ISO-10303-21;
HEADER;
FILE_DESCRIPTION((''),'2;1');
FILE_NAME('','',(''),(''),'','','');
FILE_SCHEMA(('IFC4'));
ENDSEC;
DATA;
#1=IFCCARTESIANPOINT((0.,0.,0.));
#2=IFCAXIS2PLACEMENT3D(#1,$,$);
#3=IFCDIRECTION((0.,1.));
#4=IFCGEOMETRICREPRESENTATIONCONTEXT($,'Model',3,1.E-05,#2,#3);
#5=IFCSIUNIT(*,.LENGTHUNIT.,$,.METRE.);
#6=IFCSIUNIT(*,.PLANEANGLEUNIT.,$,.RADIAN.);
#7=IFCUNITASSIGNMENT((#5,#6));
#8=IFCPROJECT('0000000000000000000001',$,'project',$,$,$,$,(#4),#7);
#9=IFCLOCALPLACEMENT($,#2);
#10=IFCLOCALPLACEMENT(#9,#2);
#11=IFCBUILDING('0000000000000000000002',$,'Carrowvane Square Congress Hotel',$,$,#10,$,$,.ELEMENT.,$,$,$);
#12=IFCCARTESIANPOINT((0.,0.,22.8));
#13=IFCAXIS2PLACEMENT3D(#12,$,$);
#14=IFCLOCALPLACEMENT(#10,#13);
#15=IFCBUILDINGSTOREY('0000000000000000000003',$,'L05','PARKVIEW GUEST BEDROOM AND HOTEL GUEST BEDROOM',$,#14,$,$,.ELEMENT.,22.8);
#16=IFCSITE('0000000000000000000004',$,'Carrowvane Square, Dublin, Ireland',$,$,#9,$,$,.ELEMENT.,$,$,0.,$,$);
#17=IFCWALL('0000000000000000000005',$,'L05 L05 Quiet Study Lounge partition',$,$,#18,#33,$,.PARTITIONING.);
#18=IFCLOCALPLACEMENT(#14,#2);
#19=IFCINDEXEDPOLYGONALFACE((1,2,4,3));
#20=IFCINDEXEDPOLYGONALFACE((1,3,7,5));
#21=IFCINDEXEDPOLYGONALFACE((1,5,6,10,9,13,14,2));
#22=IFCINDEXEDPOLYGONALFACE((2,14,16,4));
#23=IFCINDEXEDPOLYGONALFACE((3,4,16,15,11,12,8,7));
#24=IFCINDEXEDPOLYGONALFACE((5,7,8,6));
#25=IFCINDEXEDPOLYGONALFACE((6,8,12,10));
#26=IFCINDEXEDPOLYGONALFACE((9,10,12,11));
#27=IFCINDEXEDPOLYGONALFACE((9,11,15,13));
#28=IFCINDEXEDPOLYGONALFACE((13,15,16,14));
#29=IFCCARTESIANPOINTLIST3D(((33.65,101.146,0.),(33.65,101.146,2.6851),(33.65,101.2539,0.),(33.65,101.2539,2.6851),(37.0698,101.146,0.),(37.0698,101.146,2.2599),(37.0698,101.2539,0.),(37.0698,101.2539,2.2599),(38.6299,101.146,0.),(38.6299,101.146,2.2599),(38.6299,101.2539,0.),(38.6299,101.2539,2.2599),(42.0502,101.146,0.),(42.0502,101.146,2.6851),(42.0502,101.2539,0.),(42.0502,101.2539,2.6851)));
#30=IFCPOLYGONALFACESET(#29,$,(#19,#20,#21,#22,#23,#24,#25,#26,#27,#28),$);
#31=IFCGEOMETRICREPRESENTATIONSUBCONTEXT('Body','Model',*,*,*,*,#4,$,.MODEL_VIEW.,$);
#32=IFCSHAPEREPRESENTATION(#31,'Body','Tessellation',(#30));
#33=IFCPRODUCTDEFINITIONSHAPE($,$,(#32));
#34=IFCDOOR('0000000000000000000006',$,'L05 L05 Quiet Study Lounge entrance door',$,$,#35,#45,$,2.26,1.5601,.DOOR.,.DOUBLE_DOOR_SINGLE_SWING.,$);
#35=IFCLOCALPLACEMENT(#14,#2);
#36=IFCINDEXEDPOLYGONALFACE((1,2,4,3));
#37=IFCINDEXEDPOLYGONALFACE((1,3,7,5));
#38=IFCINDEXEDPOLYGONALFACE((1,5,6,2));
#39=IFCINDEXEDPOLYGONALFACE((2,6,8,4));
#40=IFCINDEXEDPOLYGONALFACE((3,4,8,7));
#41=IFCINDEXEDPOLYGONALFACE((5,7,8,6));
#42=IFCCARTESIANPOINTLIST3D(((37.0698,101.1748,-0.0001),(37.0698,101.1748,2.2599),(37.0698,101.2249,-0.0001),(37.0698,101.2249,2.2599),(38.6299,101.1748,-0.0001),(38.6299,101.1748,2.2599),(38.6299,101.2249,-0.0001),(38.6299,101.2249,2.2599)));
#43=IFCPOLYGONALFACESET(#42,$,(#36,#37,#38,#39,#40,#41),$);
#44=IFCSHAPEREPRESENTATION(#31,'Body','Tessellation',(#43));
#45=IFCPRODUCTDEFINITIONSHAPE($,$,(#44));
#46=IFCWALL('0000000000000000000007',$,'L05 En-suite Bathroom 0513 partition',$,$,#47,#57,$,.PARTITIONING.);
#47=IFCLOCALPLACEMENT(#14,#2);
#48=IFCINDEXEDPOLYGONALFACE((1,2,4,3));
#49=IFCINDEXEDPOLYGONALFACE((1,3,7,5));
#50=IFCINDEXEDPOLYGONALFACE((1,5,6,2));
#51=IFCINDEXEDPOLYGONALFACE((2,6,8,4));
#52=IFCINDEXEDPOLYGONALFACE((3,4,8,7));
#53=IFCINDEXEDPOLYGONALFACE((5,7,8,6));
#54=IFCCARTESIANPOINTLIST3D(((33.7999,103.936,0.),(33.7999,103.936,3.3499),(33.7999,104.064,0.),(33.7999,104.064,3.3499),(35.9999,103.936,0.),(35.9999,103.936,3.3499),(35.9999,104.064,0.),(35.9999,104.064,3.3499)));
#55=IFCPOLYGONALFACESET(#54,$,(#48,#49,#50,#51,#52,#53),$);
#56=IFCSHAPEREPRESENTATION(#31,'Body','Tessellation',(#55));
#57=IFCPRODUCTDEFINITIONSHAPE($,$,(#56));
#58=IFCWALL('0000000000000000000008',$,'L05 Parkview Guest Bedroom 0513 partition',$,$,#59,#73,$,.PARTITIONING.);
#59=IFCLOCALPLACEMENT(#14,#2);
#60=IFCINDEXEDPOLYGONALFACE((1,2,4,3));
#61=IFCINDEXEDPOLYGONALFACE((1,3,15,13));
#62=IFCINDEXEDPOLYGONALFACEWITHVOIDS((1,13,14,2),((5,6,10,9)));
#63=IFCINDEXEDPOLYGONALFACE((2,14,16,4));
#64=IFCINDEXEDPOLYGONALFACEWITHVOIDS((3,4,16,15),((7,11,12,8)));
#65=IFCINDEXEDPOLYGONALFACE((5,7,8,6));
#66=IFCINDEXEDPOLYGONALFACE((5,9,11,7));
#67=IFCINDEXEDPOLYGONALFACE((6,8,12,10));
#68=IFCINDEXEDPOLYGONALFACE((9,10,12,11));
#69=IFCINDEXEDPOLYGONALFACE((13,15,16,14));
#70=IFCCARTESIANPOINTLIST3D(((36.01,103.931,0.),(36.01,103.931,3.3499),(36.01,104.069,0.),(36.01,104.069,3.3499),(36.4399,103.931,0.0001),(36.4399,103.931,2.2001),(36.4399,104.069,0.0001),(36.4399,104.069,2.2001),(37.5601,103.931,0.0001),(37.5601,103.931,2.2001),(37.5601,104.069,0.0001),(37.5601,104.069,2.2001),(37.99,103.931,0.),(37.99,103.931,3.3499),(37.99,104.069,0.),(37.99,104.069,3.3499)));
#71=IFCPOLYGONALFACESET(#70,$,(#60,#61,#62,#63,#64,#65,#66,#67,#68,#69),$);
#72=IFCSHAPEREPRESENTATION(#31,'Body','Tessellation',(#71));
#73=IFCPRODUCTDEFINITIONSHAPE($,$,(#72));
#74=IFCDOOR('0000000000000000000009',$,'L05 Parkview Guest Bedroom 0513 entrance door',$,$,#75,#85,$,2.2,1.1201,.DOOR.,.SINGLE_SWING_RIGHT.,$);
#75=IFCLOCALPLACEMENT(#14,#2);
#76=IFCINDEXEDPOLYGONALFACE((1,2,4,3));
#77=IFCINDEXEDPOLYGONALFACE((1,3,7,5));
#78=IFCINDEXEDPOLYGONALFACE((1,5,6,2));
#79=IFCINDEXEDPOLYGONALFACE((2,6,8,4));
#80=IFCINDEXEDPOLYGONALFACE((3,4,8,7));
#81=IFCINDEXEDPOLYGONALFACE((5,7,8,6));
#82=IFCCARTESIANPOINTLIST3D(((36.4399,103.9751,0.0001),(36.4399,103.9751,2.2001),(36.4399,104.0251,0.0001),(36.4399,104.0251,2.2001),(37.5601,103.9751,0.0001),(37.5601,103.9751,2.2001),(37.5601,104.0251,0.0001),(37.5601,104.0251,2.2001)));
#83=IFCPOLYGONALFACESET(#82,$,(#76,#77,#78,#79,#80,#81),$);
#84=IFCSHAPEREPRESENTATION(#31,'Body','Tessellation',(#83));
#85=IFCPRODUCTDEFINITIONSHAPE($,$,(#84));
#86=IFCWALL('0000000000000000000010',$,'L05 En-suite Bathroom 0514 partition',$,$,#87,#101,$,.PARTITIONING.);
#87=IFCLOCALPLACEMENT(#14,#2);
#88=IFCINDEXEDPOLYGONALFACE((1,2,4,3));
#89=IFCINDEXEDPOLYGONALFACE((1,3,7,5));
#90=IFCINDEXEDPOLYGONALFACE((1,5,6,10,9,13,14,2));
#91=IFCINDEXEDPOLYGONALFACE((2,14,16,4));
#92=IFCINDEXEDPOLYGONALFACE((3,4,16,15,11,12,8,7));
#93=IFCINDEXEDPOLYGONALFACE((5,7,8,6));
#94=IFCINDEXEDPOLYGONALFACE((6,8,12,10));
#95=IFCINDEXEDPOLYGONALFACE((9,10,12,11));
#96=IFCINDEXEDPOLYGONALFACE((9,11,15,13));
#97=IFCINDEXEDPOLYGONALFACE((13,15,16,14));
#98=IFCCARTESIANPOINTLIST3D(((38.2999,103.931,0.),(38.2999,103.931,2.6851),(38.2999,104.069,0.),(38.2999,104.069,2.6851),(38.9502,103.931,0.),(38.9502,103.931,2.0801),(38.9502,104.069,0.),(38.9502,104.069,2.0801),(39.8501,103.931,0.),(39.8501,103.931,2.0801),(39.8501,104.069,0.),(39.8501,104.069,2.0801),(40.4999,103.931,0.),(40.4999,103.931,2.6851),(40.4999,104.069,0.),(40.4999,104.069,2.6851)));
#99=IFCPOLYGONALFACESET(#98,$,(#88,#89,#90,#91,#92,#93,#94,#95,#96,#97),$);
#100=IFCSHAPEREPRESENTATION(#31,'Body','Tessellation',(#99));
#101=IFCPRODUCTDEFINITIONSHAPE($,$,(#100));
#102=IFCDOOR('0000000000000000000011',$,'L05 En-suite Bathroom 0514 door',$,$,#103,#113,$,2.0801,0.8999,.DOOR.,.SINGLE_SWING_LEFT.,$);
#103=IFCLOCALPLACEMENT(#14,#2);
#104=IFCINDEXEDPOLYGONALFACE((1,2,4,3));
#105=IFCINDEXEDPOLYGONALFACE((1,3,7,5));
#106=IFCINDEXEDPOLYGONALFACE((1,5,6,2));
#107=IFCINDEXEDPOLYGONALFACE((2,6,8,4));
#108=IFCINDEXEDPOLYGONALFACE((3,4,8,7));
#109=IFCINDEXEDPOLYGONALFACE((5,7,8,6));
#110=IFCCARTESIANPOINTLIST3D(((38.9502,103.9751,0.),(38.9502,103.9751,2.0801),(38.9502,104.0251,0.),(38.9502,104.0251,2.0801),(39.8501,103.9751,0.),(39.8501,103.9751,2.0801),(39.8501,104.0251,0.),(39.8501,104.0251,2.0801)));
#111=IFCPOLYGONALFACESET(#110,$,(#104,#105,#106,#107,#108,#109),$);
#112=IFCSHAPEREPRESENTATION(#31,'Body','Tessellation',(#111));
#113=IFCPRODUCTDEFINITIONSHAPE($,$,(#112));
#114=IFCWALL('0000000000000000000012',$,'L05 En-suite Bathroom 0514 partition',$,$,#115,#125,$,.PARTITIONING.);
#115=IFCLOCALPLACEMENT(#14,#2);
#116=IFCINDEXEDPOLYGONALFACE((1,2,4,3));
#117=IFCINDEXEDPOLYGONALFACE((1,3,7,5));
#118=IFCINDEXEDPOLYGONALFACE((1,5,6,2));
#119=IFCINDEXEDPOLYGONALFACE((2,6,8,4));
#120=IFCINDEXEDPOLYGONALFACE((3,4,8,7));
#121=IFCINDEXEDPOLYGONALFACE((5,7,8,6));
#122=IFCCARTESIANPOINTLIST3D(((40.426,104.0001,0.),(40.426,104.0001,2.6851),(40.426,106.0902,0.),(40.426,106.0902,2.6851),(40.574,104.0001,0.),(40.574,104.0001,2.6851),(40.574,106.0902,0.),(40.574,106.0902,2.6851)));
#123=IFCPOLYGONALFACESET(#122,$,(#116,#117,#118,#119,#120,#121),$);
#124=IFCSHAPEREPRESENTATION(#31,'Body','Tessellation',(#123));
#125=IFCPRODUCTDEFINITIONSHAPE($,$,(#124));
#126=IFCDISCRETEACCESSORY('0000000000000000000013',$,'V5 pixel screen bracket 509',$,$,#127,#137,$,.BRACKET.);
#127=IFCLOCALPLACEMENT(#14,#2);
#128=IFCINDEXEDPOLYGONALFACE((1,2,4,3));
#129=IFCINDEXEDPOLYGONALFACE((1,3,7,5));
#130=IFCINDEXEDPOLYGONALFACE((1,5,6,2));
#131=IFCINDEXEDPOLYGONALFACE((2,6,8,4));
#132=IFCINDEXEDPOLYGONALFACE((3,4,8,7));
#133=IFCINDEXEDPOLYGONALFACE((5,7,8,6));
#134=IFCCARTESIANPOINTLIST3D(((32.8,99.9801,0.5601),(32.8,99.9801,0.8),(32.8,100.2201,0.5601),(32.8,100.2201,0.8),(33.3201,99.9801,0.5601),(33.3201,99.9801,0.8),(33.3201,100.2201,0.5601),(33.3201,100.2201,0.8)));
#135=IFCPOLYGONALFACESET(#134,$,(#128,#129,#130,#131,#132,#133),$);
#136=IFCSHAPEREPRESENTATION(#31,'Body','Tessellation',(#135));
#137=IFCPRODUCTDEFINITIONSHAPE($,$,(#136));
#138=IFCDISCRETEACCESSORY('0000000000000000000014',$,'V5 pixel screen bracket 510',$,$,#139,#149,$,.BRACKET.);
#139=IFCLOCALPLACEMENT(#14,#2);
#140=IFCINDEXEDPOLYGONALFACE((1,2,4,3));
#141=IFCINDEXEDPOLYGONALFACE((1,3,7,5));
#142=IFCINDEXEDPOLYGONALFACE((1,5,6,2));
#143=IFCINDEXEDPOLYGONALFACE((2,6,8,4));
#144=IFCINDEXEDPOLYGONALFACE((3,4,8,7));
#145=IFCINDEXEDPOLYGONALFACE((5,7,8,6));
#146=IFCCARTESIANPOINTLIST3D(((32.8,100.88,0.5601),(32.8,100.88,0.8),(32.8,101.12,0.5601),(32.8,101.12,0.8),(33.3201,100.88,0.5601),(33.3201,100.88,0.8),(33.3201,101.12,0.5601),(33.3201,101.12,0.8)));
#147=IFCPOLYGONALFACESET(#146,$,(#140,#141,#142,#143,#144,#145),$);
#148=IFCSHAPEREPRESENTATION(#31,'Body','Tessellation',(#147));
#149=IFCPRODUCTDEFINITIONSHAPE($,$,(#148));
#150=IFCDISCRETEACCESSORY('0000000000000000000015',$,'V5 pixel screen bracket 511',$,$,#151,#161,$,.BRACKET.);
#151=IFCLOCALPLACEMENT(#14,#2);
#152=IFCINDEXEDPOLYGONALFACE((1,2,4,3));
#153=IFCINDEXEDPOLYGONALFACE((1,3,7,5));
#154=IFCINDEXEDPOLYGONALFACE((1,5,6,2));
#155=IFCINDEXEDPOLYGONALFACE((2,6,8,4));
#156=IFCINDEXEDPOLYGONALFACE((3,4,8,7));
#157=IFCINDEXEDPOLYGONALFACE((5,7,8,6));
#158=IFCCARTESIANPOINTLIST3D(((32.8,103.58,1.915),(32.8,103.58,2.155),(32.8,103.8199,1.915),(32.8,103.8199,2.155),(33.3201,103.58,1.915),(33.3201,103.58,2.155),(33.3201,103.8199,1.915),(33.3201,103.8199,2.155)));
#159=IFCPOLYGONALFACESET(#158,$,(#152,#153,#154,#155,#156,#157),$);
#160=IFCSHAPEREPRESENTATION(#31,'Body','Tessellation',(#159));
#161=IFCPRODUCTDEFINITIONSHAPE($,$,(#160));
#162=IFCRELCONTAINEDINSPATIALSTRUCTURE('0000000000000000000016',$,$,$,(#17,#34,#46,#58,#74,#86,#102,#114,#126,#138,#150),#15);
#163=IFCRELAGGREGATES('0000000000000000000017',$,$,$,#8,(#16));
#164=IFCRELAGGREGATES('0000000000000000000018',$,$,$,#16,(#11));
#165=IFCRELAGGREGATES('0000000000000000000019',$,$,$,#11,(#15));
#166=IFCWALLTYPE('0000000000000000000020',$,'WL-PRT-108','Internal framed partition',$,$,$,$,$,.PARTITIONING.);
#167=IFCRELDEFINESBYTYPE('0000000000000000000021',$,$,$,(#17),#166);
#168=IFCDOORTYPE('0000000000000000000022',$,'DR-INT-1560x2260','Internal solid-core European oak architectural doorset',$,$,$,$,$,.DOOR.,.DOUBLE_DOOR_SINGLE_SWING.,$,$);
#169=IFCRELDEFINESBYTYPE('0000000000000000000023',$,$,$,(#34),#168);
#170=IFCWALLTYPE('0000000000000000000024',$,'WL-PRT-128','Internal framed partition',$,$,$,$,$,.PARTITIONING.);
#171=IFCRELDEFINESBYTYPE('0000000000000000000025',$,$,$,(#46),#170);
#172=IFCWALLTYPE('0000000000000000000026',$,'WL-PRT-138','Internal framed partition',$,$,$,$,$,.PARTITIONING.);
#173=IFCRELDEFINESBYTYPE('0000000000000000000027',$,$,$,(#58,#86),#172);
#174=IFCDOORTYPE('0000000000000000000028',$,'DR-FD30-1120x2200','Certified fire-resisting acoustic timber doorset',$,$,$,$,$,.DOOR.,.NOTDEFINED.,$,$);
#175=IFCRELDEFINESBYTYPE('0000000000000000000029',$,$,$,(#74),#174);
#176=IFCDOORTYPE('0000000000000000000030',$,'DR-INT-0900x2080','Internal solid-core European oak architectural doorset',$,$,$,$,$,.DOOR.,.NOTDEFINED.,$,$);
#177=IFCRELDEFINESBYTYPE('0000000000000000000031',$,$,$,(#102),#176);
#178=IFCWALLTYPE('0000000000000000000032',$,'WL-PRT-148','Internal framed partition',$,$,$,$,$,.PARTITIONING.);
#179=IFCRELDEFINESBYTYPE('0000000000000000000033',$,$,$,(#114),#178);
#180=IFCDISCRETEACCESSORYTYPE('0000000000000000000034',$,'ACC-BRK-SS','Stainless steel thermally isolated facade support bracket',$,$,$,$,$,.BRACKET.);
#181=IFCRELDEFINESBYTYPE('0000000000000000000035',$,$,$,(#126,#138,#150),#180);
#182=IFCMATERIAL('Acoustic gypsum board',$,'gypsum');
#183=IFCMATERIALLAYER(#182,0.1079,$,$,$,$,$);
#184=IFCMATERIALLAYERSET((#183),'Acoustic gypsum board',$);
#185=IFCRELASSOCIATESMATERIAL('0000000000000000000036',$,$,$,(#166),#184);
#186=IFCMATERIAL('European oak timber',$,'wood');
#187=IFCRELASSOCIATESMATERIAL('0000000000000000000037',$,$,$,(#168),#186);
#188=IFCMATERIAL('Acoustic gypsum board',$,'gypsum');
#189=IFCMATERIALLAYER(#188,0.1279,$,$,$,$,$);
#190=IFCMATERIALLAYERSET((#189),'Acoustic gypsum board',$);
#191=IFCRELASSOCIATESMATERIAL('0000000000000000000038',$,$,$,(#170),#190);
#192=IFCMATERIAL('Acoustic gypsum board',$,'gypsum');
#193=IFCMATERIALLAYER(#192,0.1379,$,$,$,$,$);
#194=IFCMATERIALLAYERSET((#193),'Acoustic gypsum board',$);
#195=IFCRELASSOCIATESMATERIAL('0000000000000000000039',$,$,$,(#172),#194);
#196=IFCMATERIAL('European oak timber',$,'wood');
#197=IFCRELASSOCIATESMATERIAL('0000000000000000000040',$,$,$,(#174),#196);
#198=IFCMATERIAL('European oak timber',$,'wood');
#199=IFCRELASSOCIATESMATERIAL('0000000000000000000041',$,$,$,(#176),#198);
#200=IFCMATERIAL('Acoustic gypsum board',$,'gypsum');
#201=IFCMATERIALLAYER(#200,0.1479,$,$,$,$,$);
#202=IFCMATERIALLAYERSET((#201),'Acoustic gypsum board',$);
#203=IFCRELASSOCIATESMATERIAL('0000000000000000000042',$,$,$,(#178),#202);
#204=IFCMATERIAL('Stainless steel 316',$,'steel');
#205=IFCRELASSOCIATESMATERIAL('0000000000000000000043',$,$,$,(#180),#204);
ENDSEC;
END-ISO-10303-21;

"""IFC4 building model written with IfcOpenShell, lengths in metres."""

from ifc_helpers import new_model, si_unit, direction, frame, frame_2d, origin, origin_2d, place, context, subcontext, project, spatial, rectangle, extrude, material, layer, layer_set, type_object, element, fill, save


model = new_model("IFC4")

# Units and contexts
model_context = context("Model", 3, precision=1e-05, world=origin(), true_north=direction((0.0, 1.0)))
body_context = subcontext(model_context, "Body", "Model", "MODEL_VIEW")
ifc_project = project(units=[si_unit("LENGTHUNIT", "METRE"), si_unit("PLANEANGLEUNIT", "RADIAN")], contexts=[model_context])

# Site, building, storey
site_placement = place(None, origin())
site = spatial("IfcSite", under=ifc_project, at=site_placement, Name="Carrowvane Square, Dublin, Ireland", CompositionType="ELEMENT", RefElevation=0.0)
building_placement = place(site_placement, origin())
building = spatial("IfcBuilding", under=site, at=building_placement, Name="Carrowvane Square Congress Hotel", CompositionType="ELEMENT")
storey_placement = place(building_placement, frame((0.0, 0.0, 22.8)))
storey = spatial("IfcBuildingStorey", under=building, at=storey_placement, Name="L05", Description="PARKVIEW GUEST BEDROOM AND HOTEL GUEST BEDROOM", CompositionType="ELEMENT", Elevation=22.8)

# Wall, opening, door
ifc_material_1 = material(Name="Acoustic gypsum board", Category="gypsum")
ifc_layer_1 = layer(ifc_material_1, 0.1079)
ifc_layer_set_1 = layer_set([ifc_layer_1], Name="Acoustic gypsum board")
wall_type_1 = type_object("IfcWallType", Name="WL-PRT-108", Description="Internal framed partition", PredefinedType="PARTITIONING", material=ifc_layer_set_1)
wall_1_placement = place(storey_placement, frame((33.6499, 101.2, 0.0), z_axis=(0.0, 0.0, 1.0), x_axis=(1.0, 0.0, 0.0)))
wall_1 = element("IfcWall", 1, at=wall_1_placement, inside=storey, type_object=wall_type_1, Name="L05 L05 Quiet Study Lounge partition", PredefinedType="PARTITIONING", context=body_context, shape_type="SweptSolid", body=[
    extrude(rectangle(XDim=8.4001, YDim=0.1079, at=frame_2d((4.2002, 0.0))), origin(), (0.0, 0.0, 1.0), 2.6851),
])
opening_1_placement = place(wall_1_placement, frame((3.4199, 0.0, 0.0)))
opening_1 = element("IfcOpeningElement", 2, at=opening_1_placement, cuts=wall_1, PredefinedType="OPENING", context=body_context, shape_type="SweptSolid", body=[
    extrude(rectangle(XDim=1.5601, YDim=2.26, at=frame_2d((0.78, 1.1299))), frame((0.0, 0.064, 0.0), z_axis=(0.0, -1.0, 0.0), x_axis=(1.0, 0.0, 0.0)), (0.0, 0.0, 1.0), 0.1279),
])
ifc_material_2 = material(Name="European oak timber", Category="wood")
door_type_1 = type_object("IfcDoorType", Name="DR-INT-1560x2260", Description="Internal solid-core European oak architectural doorset", OperationType="DOUBLE_DOOR_SINGLE_SWING", PredefinedType="DOOR", material=ifc_material_2)
door_1_placement = place(opening_1_placement, origin())
door_1 = element("IfcDoor", 3, at=door_1_placement, inside=storey, type_object=door_type_1, Name="L05 L05 Quiet Study Lounge entrance door", OperationType="DOUBLE_DOOR_SINGLE_SWING", OverallHeight=2.26, OverallWidth=1.5601, PredefinedType="DOOR", context=body_context, shape_type="SweptSolid", body=[
    extrude(rectangle(XDim=1.5601, YDim=2.26, at=frame_2d((0.78, 1.1299))), frame((0.0, 0.0249, 0.0), z_axis=(0.0, -1.0, 0.0), x_axis=(1.0, 0.0, 0.0)), (0.0, 0.0, 1.0), 0.05),
])
fill(opening_1, door_1)

# Wall
ifc_material_3 = material(Name="Acoustic gypsum board", Category="gypsum")
ifc_layer_2 = layer(ifc_material_3, 0.1279)
ifc_layer_set_2 = layer_set([ifc_layer_2], Name="Acoustic gypsum board")
wall_type_2 = type_object("IfcWallType", Name="WL-PRT-128", Description="Internal framed partition", PredefinedType="PARTITIONING", material=ifc_layer_set_2)
wall_2_placement = place(storey_placement, frame((36.0, 104.0, 0.0), z_axis=(0.0, 0.0, 1.0), x_axis=(-1.0, 0.0, 0.0)))
element("IfcWall", 4, at=wall_2_placement, inside=storey, type_object=wall_type_2, Name="L05 En-suite Bathroom 0513 partition", PredefinedType="PARTITIONING", context=body_context, shape_type="SweptSolid", body=[
    extrude(rectangle(XDim=2.2, YDim=0.1279, at=frame_2d((1.1001, 0.0))), origin(), (0.0, 0.0, 1.0), 3.3499),
])

# Walls, openings, doors
ifc_material_4 = material(Name="Acoustic gypsum board", Category="gypsum")
ifc_layer_3 = layer(ifc_material_4, 0.1379)
ifc_layer_set_3 = layer_set([ifc_layer_3], Name="Acoustic gypsum board")
wall_type_3 = type_object("IfcWallType", Name="WL-PRT-138", Description="Internal framed partition", PredefinedType="PARTITIONING", material=ifc_layer_set_3)
wall_3_placement = place(storey_placement, frame((37.99, 104.0, 0.0), z_axis=(0.0, 0.0, 1.0), x_axis=(-1.0, 0.0, 0.0)))
wall_3 = element("IfcWall", 5, at=wall_3_placement, inside=storey, type_object=wall_type_3, Name="L05 Parkview Guest Bedroom 0513 partition", PredefinedType="PARTITIONING", context=body_context, shape_type="SweptSolid", body=[
    extrude(rectangle(XDim=1.98, YDim=0.1379, at=frame_2d((0.99, 0.0))), origin(), (0.0, 0.0, 1.0), 3.3499),
])
opening_2_placement = place(wall_3_placement, frame((0.4299, 0.0, 0.0)))
opening_2 = element("IfcOpeningElement", 6, at=opening_2_placement, cuts=wall_3, PredefinedType="OPENING", context=body_context, shape_type="SweptSolid", body=[
    extrude(rectangle(XDim=1.1201, YDim=2.2, at=frame_2d((0.5601, 1.1001))), frame((0.0, 0.0789, 0.0), z_axis=(0.0, -1.0, 0.0), x_axis=(1.0, 0.0, 0.0)), (0.0, 0.0, 1.0), 0.158),
])
ifc_material_5 = material(Name="European oak timber", Category="wood")
door_type_2 = type_object("IfcDoorType", Name="DR-FD30-1120x2200", Description="Certified fire-resisting acoustic timber doorset", OperationType="NOTDEFINED", PredefinedType="DOOR", material=ifc_material_5)
door_2_placement = place(opening_2_placement, origin())
door_2 = element("IfcDoor", 7, at=door_2_placement, inside=storey, type_object=door_type_2, Name="L05 Parkview Guest Bedroom 0513 entrance door", OperationType="SINGLE_SWING_RIGHT", OverallHeight=2.2, OverallWidth=1.1201, PredefinedType="DOOR", context=body_context, shape_type="SweptSolid", body=[
    extrude(rectangle(XDim=1.1201, YDim=2.2, at=frame_2d((0.5601, 1.1001))), frame((0.0, 0.0249, 0.0), z_axis=(0.0, -1.0, 0.0), x_axis=(1.0, 0.0, 0.0)), (0.0, 0.0, 1.0), 0.05),
])
fill(opening_2, door_2)
wall_4_placement = place(storey_placement, frame((40.5, 104.0, 0.0), z_axis=(0.0, 0.0, 1.0), x_axis=(-1.0, 0.0, 0.0)))
wall_4 = element("IfcWall", 8, at=wall_4_placement, inside=storey, type_object=wall_type_3, Name="L05 En-suite Bathroom 0514 partition", PredefinedType="PARTITIONING", context=body_context, shape_type="SweptSolid", body=[
    extrude(rectangle(XDim=2.2, YDim=0.1379, at=frame_2d((1.1001, 0.0))), origin(), (0.0, 0.0, 1.0), 2.6851),
])
opening_3_placement = place(wall_4_placement, frame((0.6499, 0.0, 0.0)))
opening_3 = element("IfcOpeningElement", 9, at=opening_3_placement, cuts=wall_4, PredefinedType="OPENING", context=body_context, shape_type="SweptSolid", body=[
    extrude(rectangle(XDim=0.8999, YDim=2.0801, at=frame_2d((0.45, 1.04))), frame((0.0, 0.0789, 0.0), z_axis=(0.0, -1.0, 0.0), x_axis=(1.0, 0.0, 0.0)), (0.0, 0.0, 1.0), 0.158),
])
ifc_material_6 = material(Name="European oak timber", Category="wood")
door_type_3 = type_object("IfcDoorType", Name="DR-INT-0900x2080", Description="Internal solid-core European oak architectural doorset", OperationType="NOTDEFINED", PredefinedType="DOOR", material=ifc_material_6)
door_3_placement = place(opening_3_placement, origin())
door_3 = element("IfcDoor", 10, at=door_3_placement, inside=storey, type_object=door_type_3, Name="L05 En-suite Bathroom 0514 door", OperationType="SINGLE_SWING_LEFT", OverallHeight=2.0801, OverallWidth=0.8999, PredefinedType="DOOR", context=body_context, shape_type="SweptSolid", body=[
    extrude(rectangle(XDim=0.8999, YDim=2.0801, at=frame_2d((0.45, 1.04))), frame((0.0, 0.0249, 0.0), z_axis=(0.0, -1.0, 0.0), x_axis=(1.0, 0.0, 0.0)), (0.0, 0.0, 1.0), 0.05),
])
fill(opening_3, door_3)

# Wall
ifc_material_7 = material(Name="Acoustic gypsum board", Category="gypsum")
ifc_layer_4 = layer(ifc_material_7, 0.1479)
ifc_layer_set_4 = layer_set([ifc_layer_4], Name="Acoustic gypsum board")
wall_type_4 = type_object("IfcWallType", Name="WL-PRT-148", Description="Internal framed partition", PredefinedType="PARTITIONING", material=ifc_layer_set_4)
wall_5_placement = place(storey_placement, frame((40.5, 106.0901, 0.0), z_axis=(0.0, 0.0, 1.0), x_axis=(0.0, -1.0, 0.0)))
element("IfcWall", 11, at=wall_5_placement, inside=storey, type_object=wall_type_4, Name="L05 En-suite Bathroom 0514 partition", PredefinedType="PARTITIONING", context=body_context, shape_type="SweptSolid", body=[
    extrude(rectangle(XDim=2.0901, YDim=0.1479, at=frame_2d((1.0449, 0.0))), origin(), (0.0, 0.0, 1.0), 2.6851),
])

# Discrete accessories
ifc_material_8 = material(Name="Stainless steel 316", Category="steel")
discrete_accessory_type = type_object("IfcDiscreteAccessoryType", Name="ACC-BRK-SS", Description="Stainless steel thermally isolated facade support bracket", PredefinedType="BRACKET", material=ifc_material_8)
for number, where, z_axis, x_axis, name in (
    (12, (33.0601, 100.1001, 0.5601), (0.0, 0.0, 1.0), (0.0, 1.0, 0.0), "V5 pixel screen bracket 509"),
    (13, (33.0601, 101.0, 0.5601), (0.0, 0.0, 1.0), (0.0, 1.0, 0.0), "V5 pixel screen bracket 510"),
    (14, (33.0601, 103.7, 1.915), (0.0, 0.0, 1.0), (0.0, 1.0, 0.0), "V5 pixel screen bracket 511"),
):
    element("IfcDiscreteAccessory", number, at=place(storey_placement, frame(where, z_axis=z_axis, x_axis=x_axis)), inside=storey, type_object=discrete_accessory_type, Name=name, PredefinedType="BRACKET", context=body_context, shape_type="SweptSolid", body=[
        extrude(rectangle(XDim=0.24, YDim=0.52, at=origin_2d()), origin(), (0.0, 0.0, 1.0), 0.24),
    ])

save(model, "model.ifc")
